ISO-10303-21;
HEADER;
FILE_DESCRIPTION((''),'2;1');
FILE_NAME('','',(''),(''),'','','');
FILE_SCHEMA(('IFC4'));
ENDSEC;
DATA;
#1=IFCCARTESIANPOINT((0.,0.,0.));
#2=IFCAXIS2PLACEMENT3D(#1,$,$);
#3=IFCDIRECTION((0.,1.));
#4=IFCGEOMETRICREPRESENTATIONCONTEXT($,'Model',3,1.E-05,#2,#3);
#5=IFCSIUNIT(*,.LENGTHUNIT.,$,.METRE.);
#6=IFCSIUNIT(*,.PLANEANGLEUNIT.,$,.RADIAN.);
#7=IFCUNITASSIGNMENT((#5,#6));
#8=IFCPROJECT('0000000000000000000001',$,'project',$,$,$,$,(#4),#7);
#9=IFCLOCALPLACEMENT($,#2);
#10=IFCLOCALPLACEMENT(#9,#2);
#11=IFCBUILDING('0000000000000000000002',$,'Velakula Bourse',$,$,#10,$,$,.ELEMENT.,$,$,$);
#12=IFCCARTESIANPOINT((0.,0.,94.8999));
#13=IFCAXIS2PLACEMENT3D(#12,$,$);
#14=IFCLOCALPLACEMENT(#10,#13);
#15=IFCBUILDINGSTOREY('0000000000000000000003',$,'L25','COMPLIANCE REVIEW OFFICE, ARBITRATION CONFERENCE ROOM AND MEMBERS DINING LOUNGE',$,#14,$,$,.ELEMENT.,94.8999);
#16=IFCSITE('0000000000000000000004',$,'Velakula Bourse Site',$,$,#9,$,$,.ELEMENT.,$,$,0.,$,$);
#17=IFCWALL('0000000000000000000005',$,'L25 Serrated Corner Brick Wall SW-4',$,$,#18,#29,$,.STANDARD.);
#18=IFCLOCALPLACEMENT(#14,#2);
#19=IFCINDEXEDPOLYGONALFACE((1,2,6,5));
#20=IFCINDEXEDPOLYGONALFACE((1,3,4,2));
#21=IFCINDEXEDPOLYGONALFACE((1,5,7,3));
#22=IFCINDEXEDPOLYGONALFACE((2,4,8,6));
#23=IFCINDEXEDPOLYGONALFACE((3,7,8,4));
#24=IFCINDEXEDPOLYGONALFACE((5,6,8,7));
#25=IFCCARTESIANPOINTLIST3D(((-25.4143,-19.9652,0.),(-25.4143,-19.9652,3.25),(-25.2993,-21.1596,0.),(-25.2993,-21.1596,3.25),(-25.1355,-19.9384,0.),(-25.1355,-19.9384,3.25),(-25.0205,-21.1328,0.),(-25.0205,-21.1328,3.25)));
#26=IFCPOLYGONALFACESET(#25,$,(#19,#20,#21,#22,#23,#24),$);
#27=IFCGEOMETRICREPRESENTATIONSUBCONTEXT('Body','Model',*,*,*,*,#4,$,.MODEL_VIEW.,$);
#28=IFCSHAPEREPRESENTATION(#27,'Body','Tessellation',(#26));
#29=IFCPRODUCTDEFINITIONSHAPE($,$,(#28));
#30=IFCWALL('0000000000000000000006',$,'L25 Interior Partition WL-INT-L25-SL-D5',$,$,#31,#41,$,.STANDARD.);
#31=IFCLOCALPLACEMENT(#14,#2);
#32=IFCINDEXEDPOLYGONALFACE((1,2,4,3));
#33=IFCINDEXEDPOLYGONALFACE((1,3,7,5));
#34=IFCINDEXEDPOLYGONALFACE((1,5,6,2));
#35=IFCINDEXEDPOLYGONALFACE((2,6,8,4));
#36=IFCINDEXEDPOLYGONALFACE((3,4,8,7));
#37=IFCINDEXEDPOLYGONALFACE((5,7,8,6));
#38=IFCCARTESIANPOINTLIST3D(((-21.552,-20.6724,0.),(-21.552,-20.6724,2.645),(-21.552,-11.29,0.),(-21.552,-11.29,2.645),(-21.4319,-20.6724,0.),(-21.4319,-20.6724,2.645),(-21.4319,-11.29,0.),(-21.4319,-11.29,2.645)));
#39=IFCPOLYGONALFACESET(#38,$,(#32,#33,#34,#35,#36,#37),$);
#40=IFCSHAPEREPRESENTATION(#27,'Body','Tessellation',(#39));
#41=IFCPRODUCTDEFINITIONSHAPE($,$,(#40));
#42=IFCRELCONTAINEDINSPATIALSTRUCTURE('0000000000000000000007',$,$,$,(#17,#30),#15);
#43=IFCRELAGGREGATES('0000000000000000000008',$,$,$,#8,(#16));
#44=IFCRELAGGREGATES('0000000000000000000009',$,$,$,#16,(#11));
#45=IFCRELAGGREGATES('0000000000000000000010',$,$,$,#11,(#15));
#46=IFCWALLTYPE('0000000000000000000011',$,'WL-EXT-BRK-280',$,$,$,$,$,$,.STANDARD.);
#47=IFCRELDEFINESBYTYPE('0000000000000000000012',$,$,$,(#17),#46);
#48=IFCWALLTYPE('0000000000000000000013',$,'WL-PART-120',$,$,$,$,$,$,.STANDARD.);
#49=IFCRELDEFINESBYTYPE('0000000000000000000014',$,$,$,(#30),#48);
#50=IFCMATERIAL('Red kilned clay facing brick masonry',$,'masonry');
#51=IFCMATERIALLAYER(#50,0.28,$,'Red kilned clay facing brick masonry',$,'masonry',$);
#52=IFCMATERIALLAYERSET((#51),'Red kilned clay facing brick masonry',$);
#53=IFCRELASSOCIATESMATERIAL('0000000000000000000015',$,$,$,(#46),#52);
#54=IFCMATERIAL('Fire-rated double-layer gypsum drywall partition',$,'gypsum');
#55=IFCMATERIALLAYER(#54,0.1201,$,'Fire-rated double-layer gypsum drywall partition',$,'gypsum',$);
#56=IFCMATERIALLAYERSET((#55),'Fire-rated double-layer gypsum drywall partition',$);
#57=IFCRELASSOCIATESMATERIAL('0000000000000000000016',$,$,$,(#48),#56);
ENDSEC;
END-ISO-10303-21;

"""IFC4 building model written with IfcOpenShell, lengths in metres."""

from ifc_helpers import new_model, si_unit, direction, frame, frame_2d, origin, place, context, subcontext, project, spatial, rectangle, extrude, material, layer, layer_set, type_object, element, save


model = new_model("IFC4")

# Units and contexts
model_context = context("Model", 3, precision=1e-05, world=origin(), true_north=direction((0.0, 1.0)))
body_context = subcontext(model_context, "Body", "Model", "MODEL_VIEW")
ifc_project = project(units=[si_unit("LENGTHUNIT", "METRE"), si_unit("PLANEANGLEUNIT", "RADIAN")], contexts=[model_context])

# Site, building, storey
site_placement = place(None, origin())
site = spatial("IfcSite", under=ifc_project, at=site_placement, Name="Velakula Bourse Site", CompositionType="ELEMENT", RefElevation=0.0)
building_placement = place(site_placement, origin())
building = spatial("IfcBuilding", under=site, at=building_placement, Name="Velakula Bourse", CompositionType="ELEMENT")
storey_placement = place(building_placement, frame((0.0, 0.0, 94.8999)))
storey = spatial("IfcBuildingStorey", under=building, at=storey_placement, Name="L25", Description="COMPLIANCE REVIEW OFFICE, ARBITRATION CONFERENCE ROOM AND MEMBERS DINING LOUNGE", CompositionType="ELEMENT", Elevation=94.8999)

# Shared definitions
ifc_material_1 = material(Name="Red kilned clay facing brick masonry", Category="masonry")
ifc_layer_1 = layer(ifc_material_1, 0.28, Name="Red kilned clay facing brick masonry", Category="masonry")
ifc_layer_set_1 = layer_set([ifc_layer_1], Name="Red kilned clay facing brick masonry")
wall_type_1 = type_object("IfcWallType", Name="WL-EXT-BRK-280", PredefinedType="STANDARD", material=ifc_layer_set_1)

# Walls
wall_1_placement = place(storey_placement, frame((-25.2749, -19.9517, 0.0), z_axis=(0.0, 0.0, 1.0), x_axis=(0.095836, -0.995397, 0.0)))
element("IfcWall", 1, at=wall_1_placement, inside=storey, type_object=wall_type_1, Name="L25 Serrated Corner Brick Wall SW-4", PredefinedType="STANDARD", context=body_context, shape_type="SweptSolid", body=[
    extrude(rectangle(XDim=1.2, YDim=0.28, at=frame_2d((0.6001, 0.0))), origin(), (0.0, 0.0, 1.0), 3.25),
])
ifc_material_2 = material(Name="Fire-rated double-layer gypsum drywall partition", Category="gypsum")
ifc_layer_2 = layer(ifc_material_2, 0.1201, Name="Fire-rated double-layer gypsum drywall partition", Category="gypsum")
ifc_layer_set_2 = layer_set([ifc_layer_2], Name="Fire-rated double-layer gypsum drywall partition")
wall_type_2 = type_object("IfcWallType", Name="WL-PART-120", PredefinedType="STANDARD", material=ifc_layer_set_2)
wall_2_placement = place(storey_placement, frame((-21.4919, -20.6724, 0.0), z_axis=(0.0, 0.0, 1.0), x_axis=(0.0, 1.0, 0.0)))
element("IfcWall", 2, at=wall_2_placement, inside=storey, type_object=wall_type_2, Name="L25 Interior Partition WL-INT-L25-SL-D5", PredefinedType="STANDARD", context=body_context, shape_type="SweptSolid", body=[
    extrude(rectangle(XDim=9.3823, YDim=0.1201, at=frame_2d((4.6912, 0.0))), origin(), (0.0, 0.0, 1.0), 2.645),
])

save(model, "model.ifc")
